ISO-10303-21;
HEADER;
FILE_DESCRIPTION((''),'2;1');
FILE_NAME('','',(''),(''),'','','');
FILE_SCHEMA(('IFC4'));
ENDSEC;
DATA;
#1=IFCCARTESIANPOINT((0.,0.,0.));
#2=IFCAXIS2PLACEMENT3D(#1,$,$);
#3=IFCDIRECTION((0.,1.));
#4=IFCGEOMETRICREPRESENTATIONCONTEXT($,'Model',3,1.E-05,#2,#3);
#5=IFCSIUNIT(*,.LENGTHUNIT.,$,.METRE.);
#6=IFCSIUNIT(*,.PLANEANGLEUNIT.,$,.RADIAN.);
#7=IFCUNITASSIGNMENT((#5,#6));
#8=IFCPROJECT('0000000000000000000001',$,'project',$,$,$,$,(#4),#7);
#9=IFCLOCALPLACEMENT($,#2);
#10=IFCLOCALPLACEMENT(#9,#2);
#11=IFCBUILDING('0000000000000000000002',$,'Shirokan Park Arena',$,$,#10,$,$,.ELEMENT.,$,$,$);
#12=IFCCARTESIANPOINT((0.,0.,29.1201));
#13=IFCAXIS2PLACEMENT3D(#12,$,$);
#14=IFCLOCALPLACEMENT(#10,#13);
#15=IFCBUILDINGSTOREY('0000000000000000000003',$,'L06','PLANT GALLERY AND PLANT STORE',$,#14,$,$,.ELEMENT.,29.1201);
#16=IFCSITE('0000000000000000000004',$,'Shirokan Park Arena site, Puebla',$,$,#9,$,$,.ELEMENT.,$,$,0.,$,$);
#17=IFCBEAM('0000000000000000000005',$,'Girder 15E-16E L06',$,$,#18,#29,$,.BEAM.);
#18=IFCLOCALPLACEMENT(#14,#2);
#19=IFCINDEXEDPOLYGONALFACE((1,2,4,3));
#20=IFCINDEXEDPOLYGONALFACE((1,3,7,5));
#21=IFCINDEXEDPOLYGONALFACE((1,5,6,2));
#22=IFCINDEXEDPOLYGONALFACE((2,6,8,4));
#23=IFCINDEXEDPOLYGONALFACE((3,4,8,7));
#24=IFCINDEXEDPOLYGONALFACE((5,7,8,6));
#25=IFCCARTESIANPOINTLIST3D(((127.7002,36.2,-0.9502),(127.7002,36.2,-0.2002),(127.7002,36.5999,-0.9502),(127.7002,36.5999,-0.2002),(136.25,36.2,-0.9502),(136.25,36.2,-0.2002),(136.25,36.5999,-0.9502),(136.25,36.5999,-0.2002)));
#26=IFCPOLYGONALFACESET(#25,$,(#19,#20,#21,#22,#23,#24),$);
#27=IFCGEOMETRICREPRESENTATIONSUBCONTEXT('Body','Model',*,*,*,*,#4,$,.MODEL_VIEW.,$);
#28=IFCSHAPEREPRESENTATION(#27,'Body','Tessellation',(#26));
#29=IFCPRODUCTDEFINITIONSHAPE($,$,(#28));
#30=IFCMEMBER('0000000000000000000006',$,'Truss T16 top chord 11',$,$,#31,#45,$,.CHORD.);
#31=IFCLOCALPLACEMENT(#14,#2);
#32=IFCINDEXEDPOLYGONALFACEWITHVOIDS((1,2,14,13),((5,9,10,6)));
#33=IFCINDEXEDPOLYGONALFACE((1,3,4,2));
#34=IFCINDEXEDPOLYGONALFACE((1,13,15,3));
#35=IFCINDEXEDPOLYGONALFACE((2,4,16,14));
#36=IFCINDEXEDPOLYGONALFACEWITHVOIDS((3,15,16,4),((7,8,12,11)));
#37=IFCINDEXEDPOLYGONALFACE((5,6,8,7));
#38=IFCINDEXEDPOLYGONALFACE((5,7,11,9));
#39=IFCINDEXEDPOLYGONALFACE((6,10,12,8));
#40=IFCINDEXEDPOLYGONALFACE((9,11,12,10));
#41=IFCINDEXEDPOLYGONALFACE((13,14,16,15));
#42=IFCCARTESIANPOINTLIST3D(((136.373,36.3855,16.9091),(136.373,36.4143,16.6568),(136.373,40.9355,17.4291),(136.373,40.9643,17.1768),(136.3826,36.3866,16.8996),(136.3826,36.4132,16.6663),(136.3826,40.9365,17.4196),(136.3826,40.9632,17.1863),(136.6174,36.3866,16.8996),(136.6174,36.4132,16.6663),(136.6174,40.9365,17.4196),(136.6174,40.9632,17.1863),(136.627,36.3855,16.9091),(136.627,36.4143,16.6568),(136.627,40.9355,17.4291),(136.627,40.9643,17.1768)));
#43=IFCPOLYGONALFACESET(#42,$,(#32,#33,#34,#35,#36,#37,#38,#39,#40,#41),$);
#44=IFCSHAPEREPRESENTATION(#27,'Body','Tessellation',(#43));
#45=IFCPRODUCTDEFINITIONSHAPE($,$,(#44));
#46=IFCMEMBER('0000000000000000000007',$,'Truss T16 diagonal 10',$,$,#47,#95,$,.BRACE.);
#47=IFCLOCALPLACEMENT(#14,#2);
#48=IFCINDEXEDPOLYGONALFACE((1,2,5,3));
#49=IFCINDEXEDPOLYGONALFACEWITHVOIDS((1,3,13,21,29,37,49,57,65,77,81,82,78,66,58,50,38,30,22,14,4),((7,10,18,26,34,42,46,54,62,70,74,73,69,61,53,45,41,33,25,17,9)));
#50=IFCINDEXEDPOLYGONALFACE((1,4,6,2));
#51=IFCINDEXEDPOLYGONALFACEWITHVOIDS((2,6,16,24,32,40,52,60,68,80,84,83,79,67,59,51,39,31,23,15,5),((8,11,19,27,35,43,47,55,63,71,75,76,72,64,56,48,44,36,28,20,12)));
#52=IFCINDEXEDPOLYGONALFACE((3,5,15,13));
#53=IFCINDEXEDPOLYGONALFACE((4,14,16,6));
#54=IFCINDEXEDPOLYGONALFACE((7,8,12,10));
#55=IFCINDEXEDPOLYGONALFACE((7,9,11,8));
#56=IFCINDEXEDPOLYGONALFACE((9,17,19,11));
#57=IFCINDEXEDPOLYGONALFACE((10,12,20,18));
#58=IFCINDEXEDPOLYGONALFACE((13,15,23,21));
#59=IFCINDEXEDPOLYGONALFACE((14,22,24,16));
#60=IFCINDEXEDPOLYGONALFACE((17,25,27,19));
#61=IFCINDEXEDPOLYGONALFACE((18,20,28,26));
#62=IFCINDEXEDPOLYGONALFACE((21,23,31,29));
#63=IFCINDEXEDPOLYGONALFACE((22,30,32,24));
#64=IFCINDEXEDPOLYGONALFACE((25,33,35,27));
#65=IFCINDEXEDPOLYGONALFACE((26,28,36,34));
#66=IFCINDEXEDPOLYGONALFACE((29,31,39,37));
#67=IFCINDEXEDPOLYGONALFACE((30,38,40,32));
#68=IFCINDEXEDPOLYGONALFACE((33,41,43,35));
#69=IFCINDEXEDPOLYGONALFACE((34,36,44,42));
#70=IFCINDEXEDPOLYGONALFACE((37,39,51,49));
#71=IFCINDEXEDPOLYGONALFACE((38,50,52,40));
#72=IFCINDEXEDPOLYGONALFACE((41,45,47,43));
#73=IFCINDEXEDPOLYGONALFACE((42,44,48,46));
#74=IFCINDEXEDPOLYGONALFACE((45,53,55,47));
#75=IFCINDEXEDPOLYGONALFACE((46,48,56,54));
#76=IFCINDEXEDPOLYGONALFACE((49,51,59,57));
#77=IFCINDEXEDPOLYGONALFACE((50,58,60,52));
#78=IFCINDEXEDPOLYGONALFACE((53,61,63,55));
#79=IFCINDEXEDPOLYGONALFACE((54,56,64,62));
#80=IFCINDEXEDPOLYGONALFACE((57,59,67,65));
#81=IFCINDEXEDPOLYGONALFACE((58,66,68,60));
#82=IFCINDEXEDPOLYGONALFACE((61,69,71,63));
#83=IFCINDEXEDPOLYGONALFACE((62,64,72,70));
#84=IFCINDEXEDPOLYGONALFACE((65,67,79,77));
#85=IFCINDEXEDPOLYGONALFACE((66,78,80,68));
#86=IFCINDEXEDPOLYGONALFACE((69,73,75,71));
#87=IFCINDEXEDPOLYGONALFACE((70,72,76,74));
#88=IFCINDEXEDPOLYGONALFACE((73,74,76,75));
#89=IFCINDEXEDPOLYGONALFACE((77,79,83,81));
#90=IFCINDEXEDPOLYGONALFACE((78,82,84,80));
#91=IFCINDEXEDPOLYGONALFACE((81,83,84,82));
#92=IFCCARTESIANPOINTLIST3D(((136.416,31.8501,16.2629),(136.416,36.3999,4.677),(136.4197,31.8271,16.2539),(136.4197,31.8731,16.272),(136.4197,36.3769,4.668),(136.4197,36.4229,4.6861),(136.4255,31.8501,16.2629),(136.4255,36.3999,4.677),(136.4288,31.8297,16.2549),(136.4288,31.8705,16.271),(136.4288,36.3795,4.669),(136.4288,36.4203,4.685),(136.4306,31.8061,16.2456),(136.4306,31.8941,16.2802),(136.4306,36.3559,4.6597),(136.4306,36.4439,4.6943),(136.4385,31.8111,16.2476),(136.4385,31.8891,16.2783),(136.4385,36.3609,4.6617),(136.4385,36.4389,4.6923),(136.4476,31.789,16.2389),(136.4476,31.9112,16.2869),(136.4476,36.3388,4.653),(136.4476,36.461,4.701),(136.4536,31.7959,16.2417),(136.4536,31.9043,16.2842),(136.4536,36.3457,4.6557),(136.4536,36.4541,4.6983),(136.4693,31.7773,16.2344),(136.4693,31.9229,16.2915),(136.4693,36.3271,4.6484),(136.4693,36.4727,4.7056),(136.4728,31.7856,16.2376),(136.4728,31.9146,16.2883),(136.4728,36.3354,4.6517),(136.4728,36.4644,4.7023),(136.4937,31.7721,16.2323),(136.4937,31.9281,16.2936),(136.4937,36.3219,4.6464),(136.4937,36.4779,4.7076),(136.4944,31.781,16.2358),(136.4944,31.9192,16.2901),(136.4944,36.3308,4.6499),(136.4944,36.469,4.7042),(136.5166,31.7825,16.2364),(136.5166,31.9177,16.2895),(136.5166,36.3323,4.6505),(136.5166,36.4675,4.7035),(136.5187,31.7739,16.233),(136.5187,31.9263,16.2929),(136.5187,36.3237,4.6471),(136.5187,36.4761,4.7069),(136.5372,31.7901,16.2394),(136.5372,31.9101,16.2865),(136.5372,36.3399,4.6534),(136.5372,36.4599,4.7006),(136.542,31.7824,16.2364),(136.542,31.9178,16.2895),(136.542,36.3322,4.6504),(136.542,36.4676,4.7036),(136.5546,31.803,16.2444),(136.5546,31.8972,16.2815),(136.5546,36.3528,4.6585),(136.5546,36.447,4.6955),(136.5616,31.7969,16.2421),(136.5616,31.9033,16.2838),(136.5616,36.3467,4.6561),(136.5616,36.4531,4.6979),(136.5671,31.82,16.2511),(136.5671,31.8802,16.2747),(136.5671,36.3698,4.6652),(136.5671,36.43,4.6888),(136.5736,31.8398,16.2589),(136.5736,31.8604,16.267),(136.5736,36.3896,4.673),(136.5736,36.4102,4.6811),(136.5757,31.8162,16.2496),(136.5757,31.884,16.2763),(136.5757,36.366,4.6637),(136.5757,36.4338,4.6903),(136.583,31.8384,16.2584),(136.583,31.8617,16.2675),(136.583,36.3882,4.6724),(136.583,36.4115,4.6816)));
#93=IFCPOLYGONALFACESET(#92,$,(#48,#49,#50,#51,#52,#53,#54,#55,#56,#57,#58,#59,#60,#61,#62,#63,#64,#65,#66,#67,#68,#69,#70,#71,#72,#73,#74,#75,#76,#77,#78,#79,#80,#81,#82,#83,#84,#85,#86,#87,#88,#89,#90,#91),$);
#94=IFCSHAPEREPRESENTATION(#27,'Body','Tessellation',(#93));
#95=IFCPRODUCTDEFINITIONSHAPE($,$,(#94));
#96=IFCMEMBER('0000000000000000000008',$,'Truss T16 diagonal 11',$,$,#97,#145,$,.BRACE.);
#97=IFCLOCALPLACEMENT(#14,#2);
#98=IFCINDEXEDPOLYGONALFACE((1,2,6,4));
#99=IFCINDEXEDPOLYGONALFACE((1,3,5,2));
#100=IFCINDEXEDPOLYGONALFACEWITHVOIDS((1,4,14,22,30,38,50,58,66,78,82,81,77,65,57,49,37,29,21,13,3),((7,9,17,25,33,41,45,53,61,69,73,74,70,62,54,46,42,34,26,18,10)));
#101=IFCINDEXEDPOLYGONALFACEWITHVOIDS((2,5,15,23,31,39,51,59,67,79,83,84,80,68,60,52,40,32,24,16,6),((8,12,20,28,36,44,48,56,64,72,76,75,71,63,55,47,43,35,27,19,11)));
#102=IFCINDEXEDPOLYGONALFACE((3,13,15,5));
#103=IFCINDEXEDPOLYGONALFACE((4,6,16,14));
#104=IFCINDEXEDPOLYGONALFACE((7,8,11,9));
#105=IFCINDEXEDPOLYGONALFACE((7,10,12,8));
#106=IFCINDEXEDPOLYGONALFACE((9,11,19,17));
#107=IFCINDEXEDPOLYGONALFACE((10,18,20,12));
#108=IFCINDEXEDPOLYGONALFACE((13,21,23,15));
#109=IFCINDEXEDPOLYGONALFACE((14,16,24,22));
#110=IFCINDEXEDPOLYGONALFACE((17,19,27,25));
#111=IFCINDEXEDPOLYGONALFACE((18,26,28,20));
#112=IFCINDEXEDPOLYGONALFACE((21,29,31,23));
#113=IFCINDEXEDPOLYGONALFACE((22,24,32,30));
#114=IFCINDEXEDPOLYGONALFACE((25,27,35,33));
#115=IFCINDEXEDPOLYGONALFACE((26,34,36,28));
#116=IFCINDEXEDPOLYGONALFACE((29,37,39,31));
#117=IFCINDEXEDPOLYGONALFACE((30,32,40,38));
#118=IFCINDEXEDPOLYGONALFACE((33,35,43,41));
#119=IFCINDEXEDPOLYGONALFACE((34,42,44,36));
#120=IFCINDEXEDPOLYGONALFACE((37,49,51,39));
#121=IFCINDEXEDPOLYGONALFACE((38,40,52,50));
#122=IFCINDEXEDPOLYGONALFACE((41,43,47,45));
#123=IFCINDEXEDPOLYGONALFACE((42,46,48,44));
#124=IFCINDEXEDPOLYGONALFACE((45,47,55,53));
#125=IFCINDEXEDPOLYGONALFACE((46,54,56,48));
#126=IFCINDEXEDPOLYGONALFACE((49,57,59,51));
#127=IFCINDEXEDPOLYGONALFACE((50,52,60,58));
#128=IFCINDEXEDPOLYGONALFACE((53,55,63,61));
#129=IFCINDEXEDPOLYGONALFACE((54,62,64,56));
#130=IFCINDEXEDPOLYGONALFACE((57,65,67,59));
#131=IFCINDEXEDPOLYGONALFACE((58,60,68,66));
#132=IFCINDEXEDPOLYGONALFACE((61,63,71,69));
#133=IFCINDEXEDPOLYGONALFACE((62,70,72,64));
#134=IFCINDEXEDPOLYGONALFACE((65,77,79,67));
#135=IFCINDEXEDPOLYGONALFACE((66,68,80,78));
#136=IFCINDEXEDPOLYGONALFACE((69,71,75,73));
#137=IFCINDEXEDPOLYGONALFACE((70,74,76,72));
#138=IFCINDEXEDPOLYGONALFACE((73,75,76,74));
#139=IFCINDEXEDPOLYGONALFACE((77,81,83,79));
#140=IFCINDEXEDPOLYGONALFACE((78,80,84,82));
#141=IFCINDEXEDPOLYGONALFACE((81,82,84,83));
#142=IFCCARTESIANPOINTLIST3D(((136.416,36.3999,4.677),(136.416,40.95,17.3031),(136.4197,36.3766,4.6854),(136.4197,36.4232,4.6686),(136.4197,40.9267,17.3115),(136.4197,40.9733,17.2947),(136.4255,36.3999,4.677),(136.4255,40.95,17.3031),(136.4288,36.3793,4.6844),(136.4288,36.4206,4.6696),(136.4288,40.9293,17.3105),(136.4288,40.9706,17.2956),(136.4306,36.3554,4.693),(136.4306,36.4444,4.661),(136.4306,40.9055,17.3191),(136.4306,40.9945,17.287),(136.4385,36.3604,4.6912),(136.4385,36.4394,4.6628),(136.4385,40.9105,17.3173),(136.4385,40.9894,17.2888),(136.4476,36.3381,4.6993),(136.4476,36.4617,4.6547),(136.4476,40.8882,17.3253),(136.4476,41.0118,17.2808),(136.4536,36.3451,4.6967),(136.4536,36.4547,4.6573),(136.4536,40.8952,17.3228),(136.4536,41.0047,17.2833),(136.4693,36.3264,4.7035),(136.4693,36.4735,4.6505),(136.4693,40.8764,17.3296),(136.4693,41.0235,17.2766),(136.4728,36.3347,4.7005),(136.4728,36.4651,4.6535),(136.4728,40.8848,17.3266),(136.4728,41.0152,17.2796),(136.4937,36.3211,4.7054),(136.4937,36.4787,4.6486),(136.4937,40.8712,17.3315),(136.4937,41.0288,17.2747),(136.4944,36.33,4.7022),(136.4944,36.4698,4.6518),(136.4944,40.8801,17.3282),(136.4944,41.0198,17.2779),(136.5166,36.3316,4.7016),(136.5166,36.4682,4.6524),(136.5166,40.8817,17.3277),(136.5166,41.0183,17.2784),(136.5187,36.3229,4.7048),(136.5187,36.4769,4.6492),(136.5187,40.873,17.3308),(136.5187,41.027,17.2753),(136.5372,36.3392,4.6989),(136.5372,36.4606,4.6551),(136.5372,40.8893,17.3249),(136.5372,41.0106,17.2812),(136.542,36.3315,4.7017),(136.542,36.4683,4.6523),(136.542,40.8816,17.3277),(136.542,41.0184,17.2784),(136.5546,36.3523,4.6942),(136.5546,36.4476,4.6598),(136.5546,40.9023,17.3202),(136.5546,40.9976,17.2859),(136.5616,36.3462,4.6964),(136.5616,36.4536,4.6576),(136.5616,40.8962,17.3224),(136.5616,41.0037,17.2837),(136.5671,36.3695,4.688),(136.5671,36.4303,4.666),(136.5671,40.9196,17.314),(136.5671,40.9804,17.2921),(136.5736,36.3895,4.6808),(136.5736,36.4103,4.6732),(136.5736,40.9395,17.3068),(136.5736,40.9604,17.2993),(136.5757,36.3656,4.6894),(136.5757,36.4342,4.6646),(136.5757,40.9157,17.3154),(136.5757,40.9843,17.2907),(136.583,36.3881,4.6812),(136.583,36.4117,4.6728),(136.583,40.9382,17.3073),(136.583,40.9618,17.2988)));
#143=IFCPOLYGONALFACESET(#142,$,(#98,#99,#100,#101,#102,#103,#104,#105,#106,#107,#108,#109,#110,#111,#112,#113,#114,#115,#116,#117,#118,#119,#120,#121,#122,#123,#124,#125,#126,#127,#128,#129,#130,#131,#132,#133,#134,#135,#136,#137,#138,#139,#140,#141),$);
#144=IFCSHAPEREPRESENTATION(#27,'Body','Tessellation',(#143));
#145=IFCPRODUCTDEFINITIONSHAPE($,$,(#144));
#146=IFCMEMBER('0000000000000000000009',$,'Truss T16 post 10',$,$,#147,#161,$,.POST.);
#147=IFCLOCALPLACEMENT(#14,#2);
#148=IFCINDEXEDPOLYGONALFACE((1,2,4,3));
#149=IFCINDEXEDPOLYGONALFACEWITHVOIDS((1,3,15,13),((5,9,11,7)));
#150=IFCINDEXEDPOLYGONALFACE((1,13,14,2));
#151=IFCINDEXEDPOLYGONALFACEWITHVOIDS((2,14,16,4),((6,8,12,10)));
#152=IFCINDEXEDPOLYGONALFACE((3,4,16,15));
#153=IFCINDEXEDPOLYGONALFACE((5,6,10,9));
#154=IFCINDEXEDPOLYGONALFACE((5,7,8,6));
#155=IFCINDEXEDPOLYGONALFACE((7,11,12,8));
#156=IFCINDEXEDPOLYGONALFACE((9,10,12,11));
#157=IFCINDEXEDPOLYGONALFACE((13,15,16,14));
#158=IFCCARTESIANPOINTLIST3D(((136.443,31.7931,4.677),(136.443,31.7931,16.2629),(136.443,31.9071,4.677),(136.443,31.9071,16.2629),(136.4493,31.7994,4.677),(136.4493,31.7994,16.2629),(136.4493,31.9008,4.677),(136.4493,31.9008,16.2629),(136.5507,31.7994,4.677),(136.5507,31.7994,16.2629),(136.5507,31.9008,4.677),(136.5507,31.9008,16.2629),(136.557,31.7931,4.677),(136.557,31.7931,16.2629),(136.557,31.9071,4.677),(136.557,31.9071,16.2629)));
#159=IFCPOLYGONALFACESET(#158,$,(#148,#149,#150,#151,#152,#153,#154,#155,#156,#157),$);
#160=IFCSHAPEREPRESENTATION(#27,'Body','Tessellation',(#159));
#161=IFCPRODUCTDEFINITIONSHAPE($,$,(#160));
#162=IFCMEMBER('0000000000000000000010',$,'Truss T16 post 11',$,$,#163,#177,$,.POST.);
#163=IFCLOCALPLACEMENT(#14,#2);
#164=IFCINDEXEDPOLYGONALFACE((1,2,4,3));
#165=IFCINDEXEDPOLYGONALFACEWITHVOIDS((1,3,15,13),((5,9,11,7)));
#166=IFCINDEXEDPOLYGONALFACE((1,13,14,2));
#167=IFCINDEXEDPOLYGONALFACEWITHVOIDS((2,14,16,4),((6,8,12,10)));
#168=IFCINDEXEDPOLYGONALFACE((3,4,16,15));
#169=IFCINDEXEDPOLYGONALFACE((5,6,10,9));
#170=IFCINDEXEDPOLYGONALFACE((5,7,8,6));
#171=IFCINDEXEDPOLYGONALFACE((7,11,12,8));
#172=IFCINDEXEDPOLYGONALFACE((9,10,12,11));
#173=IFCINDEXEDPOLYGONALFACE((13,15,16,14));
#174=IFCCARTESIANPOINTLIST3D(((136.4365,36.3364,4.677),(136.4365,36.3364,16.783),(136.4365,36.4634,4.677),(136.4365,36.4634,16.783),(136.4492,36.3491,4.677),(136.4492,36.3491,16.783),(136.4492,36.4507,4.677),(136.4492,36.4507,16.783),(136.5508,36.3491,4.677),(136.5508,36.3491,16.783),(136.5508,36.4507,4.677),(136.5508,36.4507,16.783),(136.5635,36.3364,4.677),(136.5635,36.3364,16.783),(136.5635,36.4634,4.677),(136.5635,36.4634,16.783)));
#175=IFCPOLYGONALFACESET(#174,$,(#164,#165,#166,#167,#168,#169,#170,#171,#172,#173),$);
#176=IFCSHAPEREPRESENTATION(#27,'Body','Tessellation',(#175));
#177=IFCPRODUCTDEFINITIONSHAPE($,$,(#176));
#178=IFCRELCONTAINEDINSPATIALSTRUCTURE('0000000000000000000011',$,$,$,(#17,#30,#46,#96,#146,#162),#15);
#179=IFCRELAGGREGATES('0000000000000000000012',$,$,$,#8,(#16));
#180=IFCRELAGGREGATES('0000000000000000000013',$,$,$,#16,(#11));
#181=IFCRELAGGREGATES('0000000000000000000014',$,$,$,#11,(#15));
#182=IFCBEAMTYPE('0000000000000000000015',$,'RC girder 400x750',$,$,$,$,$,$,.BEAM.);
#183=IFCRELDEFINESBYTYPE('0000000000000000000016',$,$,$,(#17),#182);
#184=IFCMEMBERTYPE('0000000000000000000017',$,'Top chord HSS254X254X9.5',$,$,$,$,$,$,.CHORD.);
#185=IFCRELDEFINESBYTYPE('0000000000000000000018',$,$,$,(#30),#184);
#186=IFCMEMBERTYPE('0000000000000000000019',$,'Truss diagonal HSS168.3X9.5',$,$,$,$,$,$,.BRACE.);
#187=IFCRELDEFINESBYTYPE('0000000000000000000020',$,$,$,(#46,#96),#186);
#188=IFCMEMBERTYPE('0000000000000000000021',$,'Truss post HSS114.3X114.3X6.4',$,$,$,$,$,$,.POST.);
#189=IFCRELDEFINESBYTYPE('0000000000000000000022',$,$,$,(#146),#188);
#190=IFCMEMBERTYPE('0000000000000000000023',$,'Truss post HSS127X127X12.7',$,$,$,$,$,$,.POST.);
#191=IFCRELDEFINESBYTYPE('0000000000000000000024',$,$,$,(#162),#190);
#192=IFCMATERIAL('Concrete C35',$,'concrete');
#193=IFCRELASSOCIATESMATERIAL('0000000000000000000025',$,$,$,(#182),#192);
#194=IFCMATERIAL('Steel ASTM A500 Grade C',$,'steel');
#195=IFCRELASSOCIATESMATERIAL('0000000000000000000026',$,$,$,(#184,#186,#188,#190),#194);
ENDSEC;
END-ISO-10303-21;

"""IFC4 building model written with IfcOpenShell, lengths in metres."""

from ifc_helpers import new_model, si_unit, direction, frame, origin, origin_2d, place, context, subcontext, project, spatial, rectangle, hollow_rectangle, hollow_circle, extrude, material, material_profile, profile_set, type_object, element, save


model = new_model("IFC4")

# Units and contexts
model_context = context("Model", 3, precision=1e-05, world=origin(), true_north=direction((0.0, 1.0)))
body_context = subcontext(model_context, "Body", "Model", "MODEL_VIEW")
ifc_project = project(units=[si_unit("LENGTHUNIT", "METRE"), si_unit("PLANEANGLEUNIT", "RADIAN")], contexts=[model_context])

# Site, building, storey
site_placement = place(None, origin())
site = spatial("IfcSite", under=ifc_project, at=site_placement, Name="Shirokan Park Arena site, Puebla", CompositionType="ELEMENT", RefElevation=0.0)
building_placement = place(site_placement, origin())
building = spatial("IfcBuilding", under=site, at=building_placement, Name="Shirokan Park Arena", CompositionType="ELEMENT")
storey_placement = place(building_placement, frame((0.0, 0.0, 29.1201)))
storey = spatial("IfcBuildingStorey", under=building, at=storey_placement, Name="L06", Description="PLANT GALLERY AND PLANT STORE", CompositionType="ELEMENT", Elevation=29.1201)

# Shared definitions
ifc_material_1 = material(Name="Concrete C35", Category="concrete")

# Shared definitions
ifc_material_2 = material(Name="Steel ASTM A500 Grade C", Category="steel")

# Beam
ifc_material_profile_1 = material_profile(ifc_material_1, rectangle(XDim=0.3999, YDim=0.75, at=origin_2d()), Name="400x750")
ifc_profile_set_1 = profile_set([ifc_material_profile_1], Name="Concrete C35")
beam_type_1 = type_object("IfcBeamType", Name="RC girder 400x750", PredefinedType="BEAM", material=ifc_profile_set_1)
beam_1_placement = place(storey_placement, frame((127.7002, 36.3999, -0.5752), z_axis=(1.0, 0.0, 0.0), x_axis=(0.0, 1.0, 0.0)))
element("IfcBeam", 1, at=beam_1_placement, inside=storey, type_object=beam_type_1, Name="Girder 15E-16E L06", PredefinedType="BEAM", context=body_context, shape_type="SweptSolid", body=[
    extrude(rectangle(XDim=0.3999, YDim=0.75, at=origin_2d()), origin(), (0.0, 0.0, 1.0), 8.5498),
])

# Members
ifc_material_profile_2 = material_profile(ifc_material_2, hollow_rectangle(XDim=0.2539, YDim=0.2539, WallThickness=0.0095, at=origin_2d()), Name="HSS254X254X9.5")
ifc_profile_set_2 = profile_set([ifc_material_profile_2], Name="Steel ASTM A500 Grade C")
member_type_1 = type_object("IfcMemberType", Name="Top chord HSS254X254X9.5", PredefinedType="CHORD", material=ifc_profile_set_2)
member_1_placement = place(storey_placement, frame((136.5, 36.3999, 16.783), z_axis=(0.0, 0.993532, 0.11355), x_axis=(-1.0, 0.0, 0.0)))
element("IfcMember", 2, at=member_1_placement, inside=storey, type_object=member_type_1, Name="Truss T16 top chord 11", PredefinedType="CHORD", context=body_context, shape_type="SweptSolid", body=[
    extrude(hollow_rectangle(XDim=0.2539, YDim=0.2539, WallThickness=0.0095, at=origin_2d()), origin(), (0.0, 0.0, 1.0), 4.5796),
])
ifc_material_profile_3 = material_profile(ifc_material_2, hollow_circle(Radius=0.084, WallThickness=0.0095, at=origin_2d()), Name="HSS168.3X9.5")
ifc_profile_set_3 = profile_set([ifc_material_profile_3], Name="Steel ASTM A500 Grade C")
member_type_2 = type_object("IfcMemberType", Name="Truss diagonal HSS168.3X9.5", PredefinedType="BRACE", material=ifc_profile_set_3)
member_2_placement = place(storey_placement, frame((136.5, 31.8501, 16.2629), z_axis=(0.0, 0.365526, -0.930801), x_axis=(-1.0, 0.0, 0.0)))
element("IfcMember", 3, at=member_2_placement, inside=storey, type_object=member_type_2, Name="Truss T16 diagonal 10", PredefinedType="BRACE", context=body_context, shape_type="SweptSolid", body=[
    extrude(hollow_circle(Radius=0.084, WallThickness=0.0095, at=origin_2d()), origin(), (0.0, 0.0, 1.0), 12.4473),
])
member_3_placement = place(storey_placement, frame((136.5, 36.3999, 4.677), z_axis=(0.0, 0.339029, 0.940776), x_axis=(-1.0, 0.0, 0.0)))
element("IfcMember", 4, at=member_3_placement, inside=storey, type_object=member_type_2, Name="Truss T16 diagonal 11", PredefinedType="BRACE", context=body_context, shape_type="SweptSolid", body=[
    extrude(hollow_circle(Radius=0.084, WallThickness=0.0095, at=origin_2d()), origin(), (0.0, 0.0, 1.0), 13.4209),
])
ifc_material_profile_4 = material_profile(ifc_material_2, hollow_rectangle(XDim=0.114, YDim=0.114, WallThickness=0.0063, at=origin_2d()), Name="HSS114.3X114.3X6.4")
ifc_profile_set_4 = profile_set([ifc_material_profile_4], Name="Steel ASTM A500 Grade C")
member_type_3 = type_object("IfcMemberType", Name="Truss post HSS114.3X114.3X6.4", PredefinedType="POST", material=ifc_profile_set_4)
member_4_placement = place(storey_placement, frame((136.5, 31.8501, 4.677), z_axis=(0.0, 0.0, 1.0), x_axis=(1.0, 0.0, 0.0)))
element("IfcMember", 5, at=member_4_placement, inside=storey, type_object=member_type_3, Name="Truss T16 post 10", PredefinedType="POST", context=body_context, shape_type="SweptSolid", body=[
    extrude(hollow_rectangle(XDim=0.114, YDim=0.114, WallThickness=0.0063, at=origin_2d()), origin(), (0.0, 0.0, 1.0), 11.5859),
])
ifc_material_profile_5 = material_profile(ifc_material_2, hollow_rectangle(XDim=0.127, YDim=0.127, WallThickness=0.0127, at=origin_2d()), Name="HSS127X127X12.7")
ifc_profile_set_5 = profile_set([ifc_material_profile_5], Name="Steel ASTM A500 Grade C")
member_type_4 = type_object("IfcMemberType", Name="Truss post HSS127X127X12.7", PredefinedType="POST", material=ifc_profile_set_5)
member_5_placement = place(storey_placement, frame((136.5, 36.3999, 4.677), z_axis=(0.0, 0.0, 1.0), x_axis=(1.0, 0.0, 0.0)))
element("IfcMember", 6, at=member_5_placement, inside=storey, type_object=member_type_4, Name="Truss T16 post 11", PredefinedType="POST", context=body_context, shape_type="SweptSolid", body=[
    extrude(hollow_rectangle(XDim=0.127, YDim=0.127, WallThickness=0.0127, at=origin_2d()), origin(), (0.0, 0.0, 1.0), 12.106),
])

save(model, "model.ifc")
